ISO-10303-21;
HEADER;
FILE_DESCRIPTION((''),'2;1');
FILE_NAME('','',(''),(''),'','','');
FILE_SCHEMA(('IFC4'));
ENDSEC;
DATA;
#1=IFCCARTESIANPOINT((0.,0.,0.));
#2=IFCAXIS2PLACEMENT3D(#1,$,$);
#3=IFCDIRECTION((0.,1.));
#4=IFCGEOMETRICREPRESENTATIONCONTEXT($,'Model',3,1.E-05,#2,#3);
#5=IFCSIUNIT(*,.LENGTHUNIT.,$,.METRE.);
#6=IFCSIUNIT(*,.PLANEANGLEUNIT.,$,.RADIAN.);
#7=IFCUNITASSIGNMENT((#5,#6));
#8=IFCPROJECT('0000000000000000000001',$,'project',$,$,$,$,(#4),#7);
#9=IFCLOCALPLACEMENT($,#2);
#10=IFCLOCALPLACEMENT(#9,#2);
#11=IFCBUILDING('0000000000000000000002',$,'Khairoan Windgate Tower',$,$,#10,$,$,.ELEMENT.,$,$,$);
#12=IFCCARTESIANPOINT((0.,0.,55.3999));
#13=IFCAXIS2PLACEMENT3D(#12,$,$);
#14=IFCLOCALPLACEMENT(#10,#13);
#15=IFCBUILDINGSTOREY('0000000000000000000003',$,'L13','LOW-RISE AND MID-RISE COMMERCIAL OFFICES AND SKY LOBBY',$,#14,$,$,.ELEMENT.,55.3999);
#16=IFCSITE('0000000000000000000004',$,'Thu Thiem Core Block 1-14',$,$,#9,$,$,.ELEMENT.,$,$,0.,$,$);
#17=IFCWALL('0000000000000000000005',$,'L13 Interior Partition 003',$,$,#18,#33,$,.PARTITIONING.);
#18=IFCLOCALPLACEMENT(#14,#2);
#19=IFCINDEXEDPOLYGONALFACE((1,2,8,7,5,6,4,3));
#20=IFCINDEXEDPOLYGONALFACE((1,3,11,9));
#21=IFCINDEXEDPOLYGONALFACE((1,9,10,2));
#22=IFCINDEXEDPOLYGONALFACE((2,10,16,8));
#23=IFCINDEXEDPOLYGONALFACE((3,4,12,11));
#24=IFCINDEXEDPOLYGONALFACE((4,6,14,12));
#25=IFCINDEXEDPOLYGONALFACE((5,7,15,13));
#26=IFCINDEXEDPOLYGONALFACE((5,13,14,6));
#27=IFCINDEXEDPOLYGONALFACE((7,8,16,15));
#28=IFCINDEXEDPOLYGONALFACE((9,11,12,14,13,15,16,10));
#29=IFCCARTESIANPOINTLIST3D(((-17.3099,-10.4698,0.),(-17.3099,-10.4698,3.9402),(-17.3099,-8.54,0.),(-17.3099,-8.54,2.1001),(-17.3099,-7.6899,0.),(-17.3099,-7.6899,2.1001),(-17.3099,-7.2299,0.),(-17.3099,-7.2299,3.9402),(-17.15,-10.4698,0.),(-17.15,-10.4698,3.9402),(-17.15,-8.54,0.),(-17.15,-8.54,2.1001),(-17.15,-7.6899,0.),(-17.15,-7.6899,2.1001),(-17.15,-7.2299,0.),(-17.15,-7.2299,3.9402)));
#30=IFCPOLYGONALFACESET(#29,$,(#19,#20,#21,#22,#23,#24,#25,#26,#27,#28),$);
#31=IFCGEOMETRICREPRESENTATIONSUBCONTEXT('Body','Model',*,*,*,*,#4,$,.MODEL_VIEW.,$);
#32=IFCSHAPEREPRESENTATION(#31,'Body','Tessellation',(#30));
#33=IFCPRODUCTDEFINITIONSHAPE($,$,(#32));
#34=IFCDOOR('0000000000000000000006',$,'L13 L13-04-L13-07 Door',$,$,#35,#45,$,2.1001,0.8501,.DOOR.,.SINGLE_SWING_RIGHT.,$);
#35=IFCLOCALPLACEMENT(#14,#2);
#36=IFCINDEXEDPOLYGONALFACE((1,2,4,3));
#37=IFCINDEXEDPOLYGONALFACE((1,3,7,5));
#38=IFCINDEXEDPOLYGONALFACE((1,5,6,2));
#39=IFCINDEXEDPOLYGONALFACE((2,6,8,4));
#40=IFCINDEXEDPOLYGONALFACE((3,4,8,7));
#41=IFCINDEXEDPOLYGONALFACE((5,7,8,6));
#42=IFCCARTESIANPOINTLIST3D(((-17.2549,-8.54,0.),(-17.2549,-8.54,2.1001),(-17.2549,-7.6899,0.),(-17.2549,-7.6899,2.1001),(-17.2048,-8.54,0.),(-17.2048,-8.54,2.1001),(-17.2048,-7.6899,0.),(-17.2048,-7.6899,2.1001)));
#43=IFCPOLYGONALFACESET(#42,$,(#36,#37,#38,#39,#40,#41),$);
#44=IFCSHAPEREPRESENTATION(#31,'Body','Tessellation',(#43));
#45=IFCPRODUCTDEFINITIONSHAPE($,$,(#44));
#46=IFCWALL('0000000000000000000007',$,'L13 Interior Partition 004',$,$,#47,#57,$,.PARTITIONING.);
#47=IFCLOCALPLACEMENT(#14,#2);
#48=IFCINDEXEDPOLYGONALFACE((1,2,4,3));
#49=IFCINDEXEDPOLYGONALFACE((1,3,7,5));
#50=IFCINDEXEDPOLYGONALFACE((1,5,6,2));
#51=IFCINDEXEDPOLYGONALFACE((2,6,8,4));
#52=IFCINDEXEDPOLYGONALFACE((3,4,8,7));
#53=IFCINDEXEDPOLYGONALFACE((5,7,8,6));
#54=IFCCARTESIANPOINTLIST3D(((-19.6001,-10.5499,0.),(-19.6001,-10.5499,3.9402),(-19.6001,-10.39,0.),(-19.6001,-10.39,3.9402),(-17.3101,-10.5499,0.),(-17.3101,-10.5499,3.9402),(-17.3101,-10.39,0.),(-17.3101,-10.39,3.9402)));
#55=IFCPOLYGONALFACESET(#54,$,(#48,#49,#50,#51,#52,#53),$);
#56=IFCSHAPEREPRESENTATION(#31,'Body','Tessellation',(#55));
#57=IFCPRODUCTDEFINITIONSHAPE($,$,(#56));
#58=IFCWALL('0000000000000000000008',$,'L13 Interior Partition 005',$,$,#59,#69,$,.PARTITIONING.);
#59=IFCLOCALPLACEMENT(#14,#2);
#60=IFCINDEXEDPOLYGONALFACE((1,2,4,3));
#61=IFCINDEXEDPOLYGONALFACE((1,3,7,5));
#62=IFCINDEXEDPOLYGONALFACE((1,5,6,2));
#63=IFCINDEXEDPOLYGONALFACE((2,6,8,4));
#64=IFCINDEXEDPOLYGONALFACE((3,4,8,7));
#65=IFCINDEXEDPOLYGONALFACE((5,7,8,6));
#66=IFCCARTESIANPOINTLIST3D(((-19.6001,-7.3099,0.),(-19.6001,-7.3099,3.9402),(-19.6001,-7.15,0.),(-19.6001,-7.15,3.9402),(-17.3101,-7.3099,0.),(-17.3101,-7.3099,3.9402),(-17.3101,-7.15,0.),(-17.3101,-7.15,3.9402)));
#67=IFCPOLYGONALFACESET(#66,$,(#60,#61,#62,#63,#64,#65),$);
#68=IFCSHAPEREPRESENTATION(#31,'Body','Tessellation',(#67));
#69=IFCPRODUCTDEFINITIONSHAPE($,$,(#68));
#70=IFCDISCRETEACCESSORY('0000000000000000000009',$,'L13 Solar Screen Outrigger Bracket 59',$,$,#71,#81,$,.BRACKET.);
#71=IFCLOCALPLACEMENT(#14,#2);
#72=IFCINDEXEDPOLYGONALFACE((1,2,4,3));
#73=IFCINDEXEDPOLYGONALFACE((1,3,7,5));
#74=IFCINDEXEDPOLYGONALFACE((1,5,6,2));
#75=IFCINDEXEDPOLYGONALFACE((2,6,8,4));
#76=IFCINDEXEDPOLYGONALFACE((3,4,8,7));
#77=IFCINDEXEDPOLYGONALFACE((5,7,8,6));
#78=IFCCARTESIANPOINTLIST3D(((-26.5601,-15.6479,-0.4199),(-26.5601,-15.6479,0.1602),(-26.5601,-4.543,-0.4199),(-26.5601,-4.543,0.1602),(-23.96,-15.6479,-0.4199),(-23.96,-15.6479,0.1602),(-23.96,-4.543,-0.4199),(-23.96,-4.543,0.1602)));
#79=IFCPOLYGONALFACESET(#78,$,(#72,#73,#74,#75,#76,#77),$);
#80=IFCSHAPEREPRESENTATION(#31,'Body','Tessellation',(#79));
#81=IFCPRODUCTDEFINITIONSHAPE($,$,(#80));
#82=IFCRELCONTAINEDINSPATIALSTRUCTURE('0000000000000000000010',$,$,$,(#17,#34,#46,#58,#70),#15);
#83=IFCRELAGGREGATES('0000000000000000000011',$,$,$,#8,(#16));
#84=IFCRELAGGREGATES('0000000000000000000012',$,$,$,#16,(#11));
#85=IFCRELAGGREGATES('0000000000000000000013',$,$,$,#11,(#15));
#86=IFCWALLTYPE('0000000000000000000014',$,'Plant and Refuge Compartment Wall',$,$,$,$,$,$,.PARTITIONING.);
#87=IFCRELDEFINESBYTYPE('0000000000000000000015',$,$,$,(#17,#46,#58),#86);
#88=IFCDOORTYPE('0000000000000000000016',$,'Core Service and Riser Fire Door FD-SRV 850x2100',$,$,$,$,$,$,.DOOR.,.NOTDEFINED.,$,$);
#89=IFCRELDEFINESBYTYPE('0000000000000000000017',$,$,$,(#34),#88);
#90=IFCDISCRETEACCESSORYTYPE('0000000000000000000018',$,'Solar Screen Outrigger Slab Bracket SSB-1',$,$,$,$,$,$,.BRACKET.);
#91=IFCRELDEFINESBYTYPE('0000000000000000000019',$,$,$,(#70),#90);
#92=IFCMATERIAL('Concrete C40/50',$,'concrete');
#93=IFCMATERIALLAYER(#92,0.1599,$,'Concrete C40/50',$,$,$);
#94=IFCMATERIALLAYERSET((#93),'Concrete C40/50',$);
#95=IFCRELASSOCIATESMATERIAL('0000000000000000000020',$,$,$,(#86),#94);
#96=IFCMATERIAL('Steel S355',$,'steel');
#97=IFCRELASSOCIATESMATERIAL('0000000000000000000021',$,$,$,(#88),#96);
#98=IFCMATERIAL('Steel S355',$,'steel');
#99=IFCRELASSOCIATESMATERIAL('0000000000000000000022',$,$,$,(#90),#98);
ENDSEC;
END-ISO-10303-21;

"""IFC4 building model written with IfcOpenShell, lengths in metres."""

from ifc_helpers import new_model, si_unit, direction, frame, frame_2d, origin, origin_2d, place, context, subcontext, project, spatial, rectangle, extrude, material, layer, layer_set, type_object, element, fill, save


model = new_model("IFC4")

# Units and contexts
model_context = context("Model", 3, precision=1e-05, world=origin(), true_north=direction((0.0, 1.0)))
body_context = subcontext(model_context, "Body", "Model", "MODEL_VIEW")
ifc_project = project(units=[si_unit("LENGTHUNIT", "METRE"), si_unit("PLANEANGLEUNIT", "RADIAN")], contexts=[model_context])

# Site, building, storey
site_placement = place(None, origin())
site = spatial("IfcSite", under=ifc_project, at=site_placement, Name="Thu Thiem Core Block 1-14", CompositionType="ELEMENT", RefElevation=0.0)
building_placement = place(site_placement, origin())
building = spatial("IfcBuilding", under=site, at=building_placement, Name="Khairoan Windgate Tower", CompositionType="ELEMENT")
storey_placement = place(building_placement, frame((0.0, 0.0, 55.3999)))
storey = spatial("IfcBuildingStorey", under=building, at=storey_placement, Name="L13", Description="LOW-RISE AND MID-RISE COMMERCIAL OFFICES AND SKY LOBBY", CompositionType="ELEMENT", Elevation=55.3999)

# Wall, opening, door
ifc_material_1 = material(Name="Concrete C40/50", Category="concrete")
ifc_layer_1 = layer(ifc_material_1, 0.1599, Name="Concrete C40/50")
ifc_layer_set_1 = layer_set([ifc_layer_1], Name="Concrete C40/50")
wall_type_1 = type_object("IfcWallType", Name="Plant and Refuge Compartment Wall", PredefinedType="PARTITIONING", material=ifc_layer_set_1)
ifc_material_2 = material(Name="Steel S355", Category="steel")
door_type_1 = type_object("IfcDoorType", Name="Core Service and Riser Fire Door FD-SRV 850x2100", OperationType="NOTDEFINED", PredefinedType="DOOR", material=ifc_material_2)
wall_1_placement = place(storey_placement, frame((-17.23, -10.47, 0.0), z_axis=(0.0, 0.0, 1.0), x_axis=(0.0, 1.0, 0.0)))
wall_1 = element("IfcWall", 1, at=wall_1_placement, inside=storey, type_object=wall_type_1, Name="L13 Interior Partition 003", PredefinedType="PARTITIONING", context=body_context, shape_type="SweptSolid", body=[
    extrude(rectangle(XDim=3.24, YDim=0.1599, at=frame_2d((1.6201, 0.0))), origin(), (0.0, 0.0, 1.0), 3.9402),
])
opening_1_placement = place(wall_1_placement, frame((1.9299, 0.0, 0.0)))
opening_1 = element("IfcOpeningElement", 2, at=opening_1_placement, cuts=wall_1, PredefinedType="OPENING", context=body_context, shape_type="SweptSolid", body=[
    extrude(rectangle(XDim=0.8501, YDim=2.1001, at=frame_2d((0.425, 1.05))), frame((0.0, 0.0898, 0.0), z_axis=(0.0, -1.0, 0.0), x_axis=(1.0, 0.0, 0.0)), (0.0, 0.0, 1.0), 0.1799),
])
door_1_placement = place(opening_1_placement, origin())
door_1 = element("IfcDoor", 3, at=door_1_placement, inside=storey, type_object=door_type_1, Name="L13 L13-04-L13-07 Door", OperationType="SINGLE_SWING_RIGHT", OverallHeight=2.1001, OverallWidth=0.8501, PredefinedType="DOOR", context=body_context, shape_type="SweptSolid", body=[
    extrude(rectangle(XDim=0.8501, YDim=2.1001, at=frame_2d((0.425, 1.05))), frame((0.0, 0.0249, 0.0), z_axis=(0.0, -1.0, 0.0), x_axis=(1.0, 0.0, 0.0)), (0.0, 0.0, 1.0), 0.05),
])
fill(opening_1, door_1)

# Walls
for number, where, z_axis, x_axis, name in (
    (4, (-19.6001, -10.47, 0.0), (0.0, 0.0, 1.0), (1.0, 0.0, 0.0), "L13 Interior Partition 004"),
    (5, (-19.6001, -7.23, 0.0), (0.0, 0.0, 1.0), (1.0, 0.0, 0.0), "L13 Interior Partition 005"),
):
    element("IfcWall", number, at=place(storey_placement, frame(where, z_axis=z_axis, x_axis=x_axis)), inside=storey, type_object=wall_type_1, Name=name, PredefinedType="PARTITIONING", context=body_context, shape_type="SweptSolid", body=[
        extrude(rectangle(XDim=2.29, YDim=0.1599, at=frame_2d((1.145, 0.0))), origin(), (0.0, 0.0, 1.0), 3.9402),
    ])

# Discrete accessory
ifc_material_3 = material(Name="Steel S355", Category="steel")
discrete_accessory_type = type_object("IfcDiscreteAccessoryType", Name="Solar Screen Outrigger Slab Bracket SSB-1", PredefinedType="BRACKET", material=ifc_material_3)
discrete_accessory_placement = place(storey_placement, frame((-25.26, -10.0955, -0.4199), z_axis=(0.0, 0.0, 1.0), x_axis=(0.0, 1.0, 0.0)))
element("IfcDiscreteAccessory", 6, at=discrete_accessory_placement, inside=storey, type_object=discrete_accessory_type, Name="L13 Solar Screen Outrigger Bracket 59", PredefinedType="BRACKET", context=body_context, shape_type="SweptSolid", body=[
    extrude(rectangle(XDim=11.105, YDim=2.6001, at=origin_2d()), origin(), (0.0, 0.0, 1.0), 0.5801),
])

save(model, "model.ifc")
